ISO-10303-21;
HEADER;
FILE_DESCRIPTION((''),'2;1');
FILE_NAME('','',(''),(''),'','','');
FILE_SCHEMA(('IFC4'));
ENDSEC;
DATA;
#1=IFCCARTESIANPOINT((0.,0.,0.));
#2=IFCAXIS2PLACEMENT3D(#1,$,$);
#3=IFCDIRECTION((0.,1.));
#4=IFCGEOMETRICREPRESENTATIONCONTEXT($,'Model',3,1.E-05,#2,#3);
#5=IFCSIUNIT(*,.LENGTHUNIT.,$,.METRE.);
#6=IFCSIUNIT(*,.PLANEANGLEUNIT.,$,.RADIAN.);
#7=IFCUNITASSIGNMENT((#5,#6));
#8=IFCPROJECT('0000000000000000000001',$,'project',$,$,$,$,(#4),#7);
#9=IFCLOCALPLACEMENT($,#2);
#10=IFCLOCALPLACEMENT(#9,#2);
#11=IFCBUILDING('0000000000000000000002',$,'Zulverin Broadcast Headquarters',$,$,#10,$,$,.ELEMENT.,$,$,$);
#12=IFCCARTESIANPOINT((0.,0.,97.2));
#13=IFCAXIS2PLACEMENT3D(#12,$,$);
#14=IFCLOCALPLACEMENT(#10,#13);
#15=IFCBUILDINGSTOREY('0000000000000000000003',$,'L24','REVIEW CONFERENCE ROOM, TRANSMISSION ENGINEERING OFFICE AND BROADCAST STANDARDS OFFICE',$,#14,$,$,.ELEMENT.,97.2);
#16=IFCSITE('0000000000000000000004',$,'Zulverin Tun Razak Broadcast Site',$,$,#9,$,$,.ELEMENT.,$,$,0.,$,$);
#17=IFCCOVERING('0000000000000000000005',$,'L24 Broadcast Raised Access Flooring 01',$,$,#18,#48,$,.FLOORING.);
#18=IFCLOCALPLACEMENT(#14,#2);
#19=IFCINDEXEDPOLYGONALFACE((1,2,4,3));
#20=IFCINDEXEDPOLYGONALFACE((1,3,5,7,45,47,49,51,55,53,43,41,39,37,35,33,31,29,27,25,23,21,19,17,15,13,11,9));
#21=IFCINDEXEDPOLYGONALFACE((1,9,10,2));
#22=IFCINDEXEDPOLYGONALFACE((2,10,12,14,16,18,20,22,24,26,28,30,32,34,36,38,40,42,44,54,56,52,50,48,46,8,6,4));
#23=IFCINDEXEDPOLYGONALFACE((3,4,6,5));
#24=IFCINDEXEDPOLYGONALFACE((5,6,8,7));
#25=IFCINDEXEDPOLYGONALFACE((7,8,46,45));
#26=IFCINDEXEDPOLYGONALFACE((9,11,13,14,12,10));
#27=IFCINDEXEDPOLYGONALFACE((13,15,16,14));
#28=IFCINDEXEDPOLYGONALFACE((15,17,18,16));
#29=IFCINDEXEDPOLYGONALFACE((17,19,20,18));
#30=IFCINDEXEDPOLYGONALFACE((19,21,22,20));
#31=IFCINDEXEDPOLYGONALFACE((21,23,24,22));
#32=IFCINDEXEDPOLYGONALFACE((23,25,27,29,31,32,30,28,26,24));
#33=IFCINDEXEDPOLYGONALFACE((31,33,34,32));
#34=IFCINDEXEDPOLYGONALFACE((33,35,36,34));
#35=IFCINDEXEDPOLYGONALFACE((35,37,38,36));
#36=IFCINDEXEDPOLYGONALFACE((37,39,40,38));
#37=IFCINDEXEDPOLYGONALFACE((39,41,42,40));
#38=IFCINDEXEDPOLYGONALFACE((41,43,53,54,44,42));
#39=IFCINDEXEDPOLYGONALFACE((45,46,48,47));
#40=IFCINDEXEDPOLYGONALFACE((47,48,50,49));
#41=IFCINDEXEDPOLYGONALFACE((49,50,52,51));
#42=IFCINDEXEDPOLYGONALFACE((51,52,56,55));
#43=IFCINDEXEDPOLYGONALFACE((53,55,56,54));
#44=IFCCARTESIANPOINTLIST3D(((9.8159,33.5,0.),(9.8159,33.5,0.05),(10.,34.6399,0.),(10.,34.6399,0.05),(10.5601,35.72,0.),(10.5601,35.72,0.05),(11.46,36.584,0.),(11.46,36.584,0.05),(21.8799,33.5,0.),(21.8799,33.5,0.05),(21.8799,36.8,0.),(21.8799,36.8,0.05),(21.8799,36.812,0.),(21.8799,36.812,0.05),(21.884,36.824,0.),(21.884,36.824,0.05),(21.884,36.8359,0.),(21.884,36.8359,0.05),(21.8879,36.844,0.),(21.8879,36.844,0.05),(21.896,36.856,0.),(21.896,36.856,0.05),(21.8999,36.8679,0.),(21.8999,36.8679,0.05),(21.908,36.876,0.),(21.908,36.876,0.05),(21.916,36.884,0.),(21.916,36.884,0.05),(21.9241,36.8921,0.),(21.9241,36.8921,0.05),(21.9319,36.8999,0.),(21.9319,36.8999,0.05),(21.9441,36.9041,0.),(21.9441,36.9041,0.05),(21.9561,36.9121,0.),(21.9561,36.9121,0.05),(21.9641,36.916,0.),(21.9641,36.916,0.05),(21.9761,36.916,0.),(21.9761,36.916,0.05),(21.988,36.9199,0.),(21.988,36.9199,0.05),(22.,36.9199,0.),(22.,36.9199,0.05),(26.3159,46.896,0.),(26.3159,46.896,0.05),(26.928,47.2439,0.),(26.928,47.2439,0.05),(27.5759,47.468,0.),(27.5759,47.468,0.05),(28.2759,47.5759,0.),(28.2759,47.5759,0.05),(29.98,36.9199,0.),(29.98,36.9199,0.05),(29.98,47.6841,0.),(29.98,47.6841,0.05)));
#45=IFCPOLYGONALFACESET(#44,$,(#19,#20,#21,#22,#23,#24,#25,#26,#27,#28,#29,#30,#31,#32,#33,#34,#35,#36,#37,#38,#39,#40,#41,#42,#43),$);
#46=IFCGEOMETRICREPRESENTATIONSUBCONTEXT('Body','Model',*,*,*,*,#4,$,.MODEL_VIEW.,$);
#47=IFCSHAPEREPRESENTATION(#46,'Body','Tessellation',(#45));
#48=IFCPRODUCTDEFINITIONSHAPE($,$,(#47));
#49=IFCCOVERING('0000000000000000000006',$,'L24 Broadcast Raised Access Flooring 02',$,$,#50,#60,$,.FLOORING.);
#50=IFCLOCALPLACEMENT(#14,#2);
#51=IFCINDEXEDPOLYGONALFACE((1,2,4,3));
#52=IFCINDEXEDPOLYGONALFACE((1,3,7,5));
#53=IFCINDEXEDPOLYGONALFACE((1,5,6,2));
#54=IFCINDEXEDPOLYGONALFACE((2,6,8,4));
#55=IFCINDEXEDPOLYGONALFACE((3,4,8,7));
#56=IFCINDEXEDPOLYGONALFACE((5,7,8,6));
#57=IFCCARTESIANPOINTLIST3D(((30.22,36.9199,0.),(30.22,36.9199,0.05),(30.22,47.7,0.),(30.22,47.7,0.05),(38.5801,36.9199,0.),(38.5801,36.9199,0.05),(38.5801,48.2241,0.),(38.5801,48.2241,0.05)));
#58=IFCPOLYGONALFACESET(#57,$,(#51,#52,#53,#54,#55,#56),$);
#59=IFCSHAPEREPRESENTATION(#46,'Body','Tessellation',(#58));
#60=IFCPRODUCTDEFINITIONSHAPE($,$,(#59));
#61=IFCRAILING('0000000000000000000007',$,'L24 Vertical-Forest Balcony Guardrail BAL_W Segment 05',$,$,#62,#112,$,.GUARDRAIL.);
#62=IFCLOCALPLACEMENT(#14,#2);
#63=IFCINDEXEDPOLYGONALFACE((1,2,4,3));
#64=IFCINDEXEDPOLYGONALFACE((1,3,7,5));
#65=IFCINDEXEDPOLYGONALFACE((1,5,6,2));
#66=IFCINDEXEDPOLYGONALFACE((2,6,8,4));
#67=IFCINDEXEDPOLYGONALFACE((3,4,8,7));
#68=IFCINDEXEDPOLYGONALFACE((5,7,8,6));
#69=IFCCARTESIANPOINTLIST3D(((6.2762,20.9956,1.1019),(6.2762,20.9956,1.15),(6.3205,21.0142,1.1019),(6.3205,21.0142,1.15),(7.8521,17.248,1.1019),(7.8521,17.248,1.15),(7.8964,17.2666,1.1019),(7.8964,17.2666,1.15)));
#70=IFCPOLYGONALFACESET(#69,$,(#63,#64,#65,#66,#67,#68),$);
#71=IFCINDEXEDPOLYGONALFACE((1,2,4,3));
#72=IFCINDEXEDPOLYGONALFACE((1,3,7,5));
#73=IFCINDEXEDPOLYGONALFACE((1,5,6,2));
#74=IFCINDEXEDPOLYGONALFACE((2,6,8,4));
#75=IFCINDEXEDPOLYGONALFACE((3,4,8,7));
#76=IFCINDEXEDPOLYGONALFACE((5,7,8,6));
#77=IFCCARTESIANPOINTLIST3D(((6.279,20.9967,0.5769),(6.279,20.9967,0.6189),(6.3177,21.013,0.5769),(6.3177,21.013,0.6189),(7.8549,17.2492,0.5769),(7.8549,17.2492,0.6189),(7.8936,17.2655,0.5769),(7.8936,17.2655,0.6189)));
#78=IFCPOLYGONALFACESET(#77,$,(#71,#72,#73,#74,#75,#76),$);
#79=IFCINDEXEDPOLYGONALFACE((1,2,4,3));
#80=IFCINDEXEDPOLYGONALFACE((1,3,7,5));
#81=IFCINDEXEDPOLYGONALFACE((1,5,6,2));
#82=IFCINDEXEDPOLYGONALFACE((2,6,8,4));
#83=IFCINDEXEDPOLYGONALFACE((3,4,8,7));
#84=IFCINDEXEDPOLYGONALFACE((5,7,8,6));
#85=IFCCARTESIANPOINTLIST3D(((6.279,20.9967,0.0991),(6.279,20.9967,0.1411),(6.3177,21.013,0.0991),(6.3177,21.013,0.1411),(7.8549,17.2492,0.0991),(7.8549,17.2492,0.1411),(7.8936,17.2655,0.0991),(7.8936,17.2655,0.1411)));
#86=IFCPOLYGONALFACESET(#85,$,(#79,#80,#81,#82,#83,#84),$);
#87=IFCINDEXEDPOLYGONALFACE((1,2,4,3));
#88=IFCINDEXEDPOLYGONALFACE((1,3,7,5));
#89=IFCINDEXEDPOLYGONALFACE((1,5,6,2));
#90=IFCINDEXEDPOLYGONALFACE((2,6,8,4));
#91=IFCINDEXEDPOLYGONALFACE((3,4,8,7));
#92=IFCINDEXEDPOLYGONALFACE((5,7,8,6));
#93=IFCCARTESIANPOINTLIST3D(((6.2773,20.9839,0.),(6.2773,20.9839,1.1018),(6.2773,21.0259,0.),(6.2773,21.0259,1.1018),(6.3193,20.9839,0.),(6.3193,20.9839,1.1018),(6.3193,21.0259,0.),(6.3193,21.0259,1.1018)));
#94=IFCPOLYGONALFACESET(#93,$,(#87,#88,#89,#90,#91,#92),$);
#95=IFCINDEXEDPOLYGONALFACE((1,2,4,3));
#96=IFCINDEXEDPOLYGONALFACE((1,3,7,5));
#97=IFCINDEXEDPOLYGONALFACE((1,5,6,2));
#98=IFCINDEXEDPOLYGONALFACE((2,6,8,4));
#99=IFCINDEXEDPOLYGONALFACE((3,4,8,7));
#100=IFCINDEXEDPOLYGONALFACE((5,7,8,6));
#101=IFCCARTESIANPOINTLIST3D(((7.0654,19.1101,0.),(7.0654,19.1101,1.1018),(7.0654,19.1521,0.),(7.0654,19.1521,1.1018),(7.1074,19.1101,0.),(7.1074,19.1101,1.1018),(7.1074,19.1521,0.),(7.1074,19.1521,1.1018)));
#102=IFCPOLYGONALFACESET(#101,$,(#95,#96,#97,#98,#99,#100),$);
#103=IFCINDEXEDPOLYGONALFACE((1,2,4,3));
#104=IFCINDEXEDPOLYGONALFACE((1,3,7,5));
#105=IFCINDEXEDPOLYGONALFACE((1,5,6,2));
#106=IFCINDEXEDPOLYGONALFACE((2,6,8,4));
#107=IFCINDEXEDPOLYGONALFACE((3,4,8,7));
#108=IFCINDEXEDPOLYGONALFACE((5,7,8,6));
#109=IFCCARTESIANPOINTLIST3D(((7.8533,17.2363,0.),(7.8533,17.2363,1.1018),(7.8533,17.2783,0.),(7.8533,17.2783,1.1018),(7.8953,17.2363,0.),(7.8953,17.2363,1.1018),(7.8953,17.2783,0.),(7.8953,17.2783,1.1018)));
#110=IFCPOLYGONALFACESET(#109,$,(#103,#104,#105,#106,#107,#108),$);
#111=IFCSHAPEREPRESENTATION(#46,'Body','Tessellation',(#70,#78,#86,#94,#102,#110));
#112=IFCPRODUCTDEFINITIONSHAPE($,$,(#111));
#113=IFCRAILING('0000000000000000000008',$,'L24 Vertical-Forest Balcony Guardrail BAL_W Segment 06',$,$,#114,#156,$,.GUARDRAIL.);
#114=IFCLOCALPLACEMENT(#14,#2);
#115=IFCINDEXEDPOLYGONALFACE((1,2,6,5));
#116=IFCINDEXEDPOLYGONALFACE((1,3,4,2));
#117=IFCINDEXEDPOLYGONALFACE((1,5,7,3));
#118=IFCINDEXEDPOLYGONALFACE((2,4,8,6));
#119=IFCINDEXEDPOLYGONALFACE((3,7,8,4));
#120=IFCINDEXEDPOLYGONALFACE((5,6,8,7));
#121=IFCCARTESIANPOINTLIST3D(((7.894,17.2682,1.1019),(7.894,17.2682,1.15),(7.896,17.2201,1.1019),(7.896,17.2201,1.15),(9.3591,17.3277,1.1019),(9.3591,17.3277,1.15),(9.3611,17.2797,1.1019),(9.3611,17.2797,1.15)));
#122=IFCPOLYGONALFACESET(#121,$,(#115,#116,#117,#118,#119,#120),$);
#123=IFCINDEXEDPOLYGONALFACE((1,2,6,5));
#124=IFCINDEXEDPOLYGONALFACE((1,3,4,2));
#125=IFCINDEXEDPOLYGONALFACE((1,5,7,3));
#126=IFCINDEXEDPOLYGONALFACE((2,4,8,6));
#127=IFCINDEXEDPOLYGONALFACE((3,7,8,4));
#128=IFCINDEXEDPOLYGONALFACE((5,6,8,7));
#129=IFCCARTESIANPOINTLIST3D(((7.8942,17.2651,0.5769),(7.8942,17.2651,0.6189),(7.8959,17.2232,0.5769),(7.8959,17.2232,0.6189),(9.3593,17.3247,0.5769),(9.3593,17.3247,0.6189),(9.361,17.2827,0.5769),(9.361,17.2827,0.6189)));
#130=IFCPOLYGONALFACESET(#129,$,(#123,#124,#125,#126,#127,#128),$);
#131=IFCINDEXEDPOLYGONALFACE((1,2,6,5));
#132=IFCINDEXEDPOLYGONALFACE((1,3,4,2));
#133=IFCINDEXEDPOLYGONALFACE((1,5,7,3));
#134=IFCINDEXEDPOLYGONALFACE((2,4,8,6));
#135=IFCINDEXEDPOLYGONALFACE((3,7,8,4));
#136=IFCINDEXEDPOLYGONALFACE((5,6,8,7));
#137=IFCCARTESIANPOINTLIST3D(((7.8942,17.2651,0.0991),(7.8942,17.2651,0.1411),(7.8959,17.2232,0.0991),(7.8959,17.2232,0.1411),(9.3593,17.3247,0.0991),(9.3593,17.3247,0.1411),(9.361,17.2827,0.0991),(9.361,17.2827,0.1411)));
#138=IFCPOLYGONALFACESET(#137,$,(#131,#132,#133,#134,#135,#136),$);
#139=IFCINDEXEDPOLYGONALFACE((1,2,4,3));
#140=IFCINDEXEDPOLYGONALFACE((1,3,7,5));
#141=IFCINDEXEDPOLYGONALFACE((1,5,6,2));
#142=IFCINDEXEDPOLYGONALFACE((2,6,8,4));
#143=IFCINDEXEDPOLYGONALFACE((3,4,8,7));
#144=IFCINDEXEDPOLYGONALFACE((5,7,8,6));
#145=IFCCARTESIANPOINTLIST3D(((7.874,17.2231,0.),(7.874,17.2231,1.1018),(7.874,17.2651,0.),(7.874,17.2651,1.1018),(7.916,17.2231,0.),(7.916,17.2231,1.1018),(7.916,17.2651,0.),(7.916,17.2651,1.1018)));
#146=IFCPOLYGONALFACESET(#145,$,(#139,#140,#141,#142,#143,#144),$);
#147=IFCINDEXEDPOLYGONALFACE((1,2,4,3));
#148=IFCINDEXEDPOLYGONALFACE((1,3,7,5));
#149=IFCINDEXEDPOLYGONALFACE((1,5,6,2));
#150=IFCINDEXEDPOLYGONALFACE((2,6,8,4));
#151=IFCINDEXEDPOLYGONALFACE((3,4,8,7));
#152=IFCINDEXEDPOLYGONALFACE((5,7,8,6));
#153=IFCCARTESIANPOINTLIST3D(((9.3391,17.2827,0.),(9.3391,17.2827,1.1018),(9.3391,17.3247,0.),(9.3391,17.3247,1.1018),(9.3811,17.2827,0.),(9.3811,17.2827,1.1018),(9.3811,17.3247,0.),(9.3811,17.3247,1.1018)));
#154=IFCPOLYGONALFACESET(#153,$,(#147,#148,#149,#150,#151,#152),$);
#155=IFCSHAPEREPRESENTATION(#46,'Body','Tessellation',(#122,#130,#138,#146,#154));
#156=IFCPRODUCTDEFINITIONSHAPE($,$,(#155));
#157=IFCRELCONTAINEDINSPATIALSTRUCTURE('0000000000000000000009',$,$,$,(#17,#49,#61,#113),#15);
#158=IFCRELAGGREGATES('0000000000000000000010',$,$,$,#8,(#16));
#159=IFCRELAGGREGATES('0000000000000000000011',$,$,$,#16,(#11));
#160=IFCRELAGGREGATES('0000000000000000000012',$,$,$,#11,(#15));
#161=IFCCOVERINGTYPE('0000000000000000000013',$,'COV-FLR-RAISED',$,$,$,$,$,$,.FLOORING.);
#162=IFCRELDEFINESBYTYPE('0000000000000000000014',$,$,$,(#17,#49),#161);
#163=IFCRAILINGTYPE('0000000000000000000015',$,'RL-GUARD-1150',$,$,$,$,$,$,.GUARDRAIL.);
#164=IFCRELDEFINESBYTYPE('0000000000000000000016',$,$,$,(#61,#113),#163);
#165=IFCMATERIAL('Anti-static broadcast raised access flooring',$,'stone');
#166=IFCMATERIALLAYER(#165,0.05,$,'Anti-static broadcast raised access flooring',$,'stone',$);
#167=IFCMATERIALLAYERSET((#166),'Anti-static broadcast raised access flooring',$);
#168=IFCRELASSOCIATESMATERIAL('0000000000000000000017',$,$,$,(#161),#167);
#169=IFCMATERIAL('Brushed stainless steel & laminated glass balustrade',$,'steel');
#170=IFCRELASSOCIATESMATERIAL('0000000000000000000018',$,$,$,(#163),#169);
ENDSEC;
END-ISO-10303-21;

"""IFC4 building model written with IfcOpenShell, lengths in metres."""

from ifc_helpers import new_model, si_unit, direction, frame, origin, origin_2d, place, context, subcontext, project, spatial, polyline, rectangle, outline, extrude, material, layer, layer_set, type_object, element, save


model = new_model("IFC4")

# Units and contexts
model_context = context("Model", 3, precision=1e-05, world=origin(), true_north=direction((0.0, 1.0)))
body_context = subcontext(model_context, "Body", "Model", "MODEL_VIEW")
ifc_project = project(units=[si_unit("LENGTHUNIT", "METRE"), si_unit("PLANEANGLEUNIT", "RADIAN")], contexts=[model_context])

# Site, building, storey
site_placement = place(None, origin())
site = spatial("IfcSite", under=ifc_project, at=site_placement, Name="Zulverin Tun Razak Broadcast Site", CompositionType="ELEMENT", RefElevation=0.0)
building_placement = place(site_placement, origin())
building = spatial("IfcBuilding", under=site, at=building_placement, Name="Zulverin Broadcast Headquarters", CompositionType="ELEMENT")
storey_placement = place(building_placement, frame((0.0, 0.0, 97.2)))
storey = spatial("IfcBuildingStorey", under=building, at=storey_placement, Name="L24", Description="REVIEW CONFERENCE ROOM, TRANSMISSION ENGINEERING OFFICE AND BROADCAST STANDARDS OFFICE", CompositionType="ELEMENT", Elevation=97.2)

# Coverings
ifc_material_1 = material(Name="Anti-static broadcast raised access flooring", Category="stone")
ifc_layer_1 = layer(ifc_material_1, 0.05, Name="Anti-static broadcast raised access flooring", Category="stone")
ifc_layer_set_1 = layer_set([ifc_layer_1], Name="Anti-static broadcast raised access flooring")
covering_type_1 = type_object("IfcCoveringType", Name="COV-FLR-RAISED", PredefinedType="FLOORING", material=ifc_layer_set_1)
covering_1_placement = place(storey_placement, origin())
element("IfcCovering", 1, at=covering_1_placement, inside=storey, type_object=covering_type_1, Name="L24 Broadcast Raised Access Flooring 01", PredefinedType="FLOORING", context=body_context, shape_type="SweptSolid", body=[
    extrude(outline(polyline([(11.46, 36.584), (10.5601, 35.72), (10.0, 34.6399), (9.8159, 33.5), (21.8799, 33.5), (21.8799, 36.8), (21.8799, 36.812), (21.884, 36.824), (21.884, 36.8359), (21.8879, 36.844), (21.896, 36.856), (21.8999, 36.8679), (21.908, 36.876), (21.916, 36.884), (21.9241, 36.8921), (21.9319, 36.8999), (21.9441, 36.9041), (21.9561, 36.9121), (21.9641, 36.916), (21.9761, 36.916), (21.988, 36.9199), (22.0, 36.9199), (29.98, 36.9199), (29.98, 47.6841), (28.2759, 47.5759), (27.5759, 47.468), (26.928, 47.2439), (26.3159, 46.896), (11.46, 36.584)])), origin(), (0.0, 0.0, 1.0), 0.05),
])
covering_2_placement = place(storey_placement, origin())
element("IfcCovering", 2, at=covering_2_placement, inside=storey, type_object=covering_type_1, Name="L24 Broadcast Raised Access Flooring 02", PredefinedType="FLOORING", context=body_context, shape_type="SweptSolid", body=[
    extrude(outline(polyline([(38.5801, 36.9199), (38.5801, 48.2241), (30.22, 47.7), (30.22, 36.9199), (38.5801, 36.9199)])), origin(), (0.0, 0.0, 1.0), 0.05),
])

# Railings
ifc_material_2 = material(Name="Brushed stainless steel & laminated glass balustrade", Category="steel")
railing_type = type_object("IfcRailingType", Name="RL-GUARD-1150", PredefinedType="GUARDRAIL", material=ifc_material_2)
railing_1_placement = place(storey_placement, frame((6.2983, 21.0049, 0.0)))
element("IfcRailing", 3, at=railing_1_placement, inside=storey, type_object=railing_type, Name="L24 Vertical-Forest Balcony Guardrail BAL_W Segment 05", PredefinedType="GUARDRAIL", context=body_context, shape_type="SweptSolid", body=[
    extrude(rectangle(XDim=0.0481, YDim=0.0481, at=origin_2d()), frame((0.0, 0.0, 1.126), z_axis=(0.387641, -0.92181, 0.0), x_axis=(0.92181, 0.387641, 0.0)), (0.0, 0.0, 1.0), 4.0654),
    extrude(rectangle(XDim=0.042, YDim=0.042, at=origin_2d()), frame((0.0, 0.0, 0.5979), z_axis=(0.387641, -0.92181, 0.0), x_axis=(0.92181, 0.387641, 0.0)), (0.0, 0.0, 1.0), 4.0654),
    extrude(rectangle(XDim=0.042, YDim=0.042, at=origin_2d()), frame((0.0, 0.0, 0.1201), z_axis=(0.387641, -0.92181, 0.0), x_axis=(0.92181, 0.387641, 0.0)), (0.0, 0.0, 1.0), 4.0654),
    extrude(rectangle(XDim=0.042, YDim=0.042, at=origin_2d()), origin(), (0.0, 0.0, 1.0), 1.1018),
    extrude(rectangle(XDim=0.042, YDim=0.042, at=origin_2d()), frame((0.7881, -1.8738, 0.0)), (0.0, 0.0, 1.0), 1.1018),
    extrude(rectangle(XDim=0.042, YDim=0.042, at=origin_2d()), frame((1.5759, -3.7476, 0.0)), (0.0, 0.0, 1.0), 1.1018),
])
railing_2_placement = place(storey_placement, frame((7.895, 17.2441, 0.0)))
element("IfcRailing", 4, at=railing_2_placement, inside=storey, type_object=railing_type, Name="L24 Vertical-Forest Balcony Guardrail BAL_W Segment 06", PredefinedType="GUARDRAIL", context=body_context, shape_type="SweptSolid", body=[
    extrude(rectangle(XDim=0.0481, YDim=0.0481, at=origin_2d()), frame((0.0, 0.0, 1.126), z_axis=(0.999174, 0.040626, 0.0), x_axis=(-0.040626, 0.999174, 0.0)), (0.0, 0.0, 1.0), 1.4663),
    extrude(rectangle(XDim=0.042, YDim=0.042, at=origin_2d()), frame((0.0, 0.0, 0.5979), z_axis=(0.999174, 0.040626, 0.0), x_axis=(-0.040626, 0.999174, 0.0)), (0.0, 0.0, 1.0), 1.4663),
    extrude(rectangle(XDim=0.042, YDim=0.042, at=origin_2d()), frame((0.0, 0.0, 0.1201), z_axis=(0.999174, 0.040626, 0.0), x_axis=(-0.040626, 0.999174, 0.0)), (0.0, 0.0, 1.0), 1.4663),
    extrude(rectangle(XDim=0.042, YDim=0.042, at=origin_2d()), origin(), (0.0, 0.0, 1.0), 1.1018),
    extrude(rectangle(XDim=0.042, YDim=0.042, at=origin_2d()), frame((1.4651, 0.0596, 0.0)), (0.0, 0.0, 1.0), 1.1018),
])

save(model, "model.ifc")
